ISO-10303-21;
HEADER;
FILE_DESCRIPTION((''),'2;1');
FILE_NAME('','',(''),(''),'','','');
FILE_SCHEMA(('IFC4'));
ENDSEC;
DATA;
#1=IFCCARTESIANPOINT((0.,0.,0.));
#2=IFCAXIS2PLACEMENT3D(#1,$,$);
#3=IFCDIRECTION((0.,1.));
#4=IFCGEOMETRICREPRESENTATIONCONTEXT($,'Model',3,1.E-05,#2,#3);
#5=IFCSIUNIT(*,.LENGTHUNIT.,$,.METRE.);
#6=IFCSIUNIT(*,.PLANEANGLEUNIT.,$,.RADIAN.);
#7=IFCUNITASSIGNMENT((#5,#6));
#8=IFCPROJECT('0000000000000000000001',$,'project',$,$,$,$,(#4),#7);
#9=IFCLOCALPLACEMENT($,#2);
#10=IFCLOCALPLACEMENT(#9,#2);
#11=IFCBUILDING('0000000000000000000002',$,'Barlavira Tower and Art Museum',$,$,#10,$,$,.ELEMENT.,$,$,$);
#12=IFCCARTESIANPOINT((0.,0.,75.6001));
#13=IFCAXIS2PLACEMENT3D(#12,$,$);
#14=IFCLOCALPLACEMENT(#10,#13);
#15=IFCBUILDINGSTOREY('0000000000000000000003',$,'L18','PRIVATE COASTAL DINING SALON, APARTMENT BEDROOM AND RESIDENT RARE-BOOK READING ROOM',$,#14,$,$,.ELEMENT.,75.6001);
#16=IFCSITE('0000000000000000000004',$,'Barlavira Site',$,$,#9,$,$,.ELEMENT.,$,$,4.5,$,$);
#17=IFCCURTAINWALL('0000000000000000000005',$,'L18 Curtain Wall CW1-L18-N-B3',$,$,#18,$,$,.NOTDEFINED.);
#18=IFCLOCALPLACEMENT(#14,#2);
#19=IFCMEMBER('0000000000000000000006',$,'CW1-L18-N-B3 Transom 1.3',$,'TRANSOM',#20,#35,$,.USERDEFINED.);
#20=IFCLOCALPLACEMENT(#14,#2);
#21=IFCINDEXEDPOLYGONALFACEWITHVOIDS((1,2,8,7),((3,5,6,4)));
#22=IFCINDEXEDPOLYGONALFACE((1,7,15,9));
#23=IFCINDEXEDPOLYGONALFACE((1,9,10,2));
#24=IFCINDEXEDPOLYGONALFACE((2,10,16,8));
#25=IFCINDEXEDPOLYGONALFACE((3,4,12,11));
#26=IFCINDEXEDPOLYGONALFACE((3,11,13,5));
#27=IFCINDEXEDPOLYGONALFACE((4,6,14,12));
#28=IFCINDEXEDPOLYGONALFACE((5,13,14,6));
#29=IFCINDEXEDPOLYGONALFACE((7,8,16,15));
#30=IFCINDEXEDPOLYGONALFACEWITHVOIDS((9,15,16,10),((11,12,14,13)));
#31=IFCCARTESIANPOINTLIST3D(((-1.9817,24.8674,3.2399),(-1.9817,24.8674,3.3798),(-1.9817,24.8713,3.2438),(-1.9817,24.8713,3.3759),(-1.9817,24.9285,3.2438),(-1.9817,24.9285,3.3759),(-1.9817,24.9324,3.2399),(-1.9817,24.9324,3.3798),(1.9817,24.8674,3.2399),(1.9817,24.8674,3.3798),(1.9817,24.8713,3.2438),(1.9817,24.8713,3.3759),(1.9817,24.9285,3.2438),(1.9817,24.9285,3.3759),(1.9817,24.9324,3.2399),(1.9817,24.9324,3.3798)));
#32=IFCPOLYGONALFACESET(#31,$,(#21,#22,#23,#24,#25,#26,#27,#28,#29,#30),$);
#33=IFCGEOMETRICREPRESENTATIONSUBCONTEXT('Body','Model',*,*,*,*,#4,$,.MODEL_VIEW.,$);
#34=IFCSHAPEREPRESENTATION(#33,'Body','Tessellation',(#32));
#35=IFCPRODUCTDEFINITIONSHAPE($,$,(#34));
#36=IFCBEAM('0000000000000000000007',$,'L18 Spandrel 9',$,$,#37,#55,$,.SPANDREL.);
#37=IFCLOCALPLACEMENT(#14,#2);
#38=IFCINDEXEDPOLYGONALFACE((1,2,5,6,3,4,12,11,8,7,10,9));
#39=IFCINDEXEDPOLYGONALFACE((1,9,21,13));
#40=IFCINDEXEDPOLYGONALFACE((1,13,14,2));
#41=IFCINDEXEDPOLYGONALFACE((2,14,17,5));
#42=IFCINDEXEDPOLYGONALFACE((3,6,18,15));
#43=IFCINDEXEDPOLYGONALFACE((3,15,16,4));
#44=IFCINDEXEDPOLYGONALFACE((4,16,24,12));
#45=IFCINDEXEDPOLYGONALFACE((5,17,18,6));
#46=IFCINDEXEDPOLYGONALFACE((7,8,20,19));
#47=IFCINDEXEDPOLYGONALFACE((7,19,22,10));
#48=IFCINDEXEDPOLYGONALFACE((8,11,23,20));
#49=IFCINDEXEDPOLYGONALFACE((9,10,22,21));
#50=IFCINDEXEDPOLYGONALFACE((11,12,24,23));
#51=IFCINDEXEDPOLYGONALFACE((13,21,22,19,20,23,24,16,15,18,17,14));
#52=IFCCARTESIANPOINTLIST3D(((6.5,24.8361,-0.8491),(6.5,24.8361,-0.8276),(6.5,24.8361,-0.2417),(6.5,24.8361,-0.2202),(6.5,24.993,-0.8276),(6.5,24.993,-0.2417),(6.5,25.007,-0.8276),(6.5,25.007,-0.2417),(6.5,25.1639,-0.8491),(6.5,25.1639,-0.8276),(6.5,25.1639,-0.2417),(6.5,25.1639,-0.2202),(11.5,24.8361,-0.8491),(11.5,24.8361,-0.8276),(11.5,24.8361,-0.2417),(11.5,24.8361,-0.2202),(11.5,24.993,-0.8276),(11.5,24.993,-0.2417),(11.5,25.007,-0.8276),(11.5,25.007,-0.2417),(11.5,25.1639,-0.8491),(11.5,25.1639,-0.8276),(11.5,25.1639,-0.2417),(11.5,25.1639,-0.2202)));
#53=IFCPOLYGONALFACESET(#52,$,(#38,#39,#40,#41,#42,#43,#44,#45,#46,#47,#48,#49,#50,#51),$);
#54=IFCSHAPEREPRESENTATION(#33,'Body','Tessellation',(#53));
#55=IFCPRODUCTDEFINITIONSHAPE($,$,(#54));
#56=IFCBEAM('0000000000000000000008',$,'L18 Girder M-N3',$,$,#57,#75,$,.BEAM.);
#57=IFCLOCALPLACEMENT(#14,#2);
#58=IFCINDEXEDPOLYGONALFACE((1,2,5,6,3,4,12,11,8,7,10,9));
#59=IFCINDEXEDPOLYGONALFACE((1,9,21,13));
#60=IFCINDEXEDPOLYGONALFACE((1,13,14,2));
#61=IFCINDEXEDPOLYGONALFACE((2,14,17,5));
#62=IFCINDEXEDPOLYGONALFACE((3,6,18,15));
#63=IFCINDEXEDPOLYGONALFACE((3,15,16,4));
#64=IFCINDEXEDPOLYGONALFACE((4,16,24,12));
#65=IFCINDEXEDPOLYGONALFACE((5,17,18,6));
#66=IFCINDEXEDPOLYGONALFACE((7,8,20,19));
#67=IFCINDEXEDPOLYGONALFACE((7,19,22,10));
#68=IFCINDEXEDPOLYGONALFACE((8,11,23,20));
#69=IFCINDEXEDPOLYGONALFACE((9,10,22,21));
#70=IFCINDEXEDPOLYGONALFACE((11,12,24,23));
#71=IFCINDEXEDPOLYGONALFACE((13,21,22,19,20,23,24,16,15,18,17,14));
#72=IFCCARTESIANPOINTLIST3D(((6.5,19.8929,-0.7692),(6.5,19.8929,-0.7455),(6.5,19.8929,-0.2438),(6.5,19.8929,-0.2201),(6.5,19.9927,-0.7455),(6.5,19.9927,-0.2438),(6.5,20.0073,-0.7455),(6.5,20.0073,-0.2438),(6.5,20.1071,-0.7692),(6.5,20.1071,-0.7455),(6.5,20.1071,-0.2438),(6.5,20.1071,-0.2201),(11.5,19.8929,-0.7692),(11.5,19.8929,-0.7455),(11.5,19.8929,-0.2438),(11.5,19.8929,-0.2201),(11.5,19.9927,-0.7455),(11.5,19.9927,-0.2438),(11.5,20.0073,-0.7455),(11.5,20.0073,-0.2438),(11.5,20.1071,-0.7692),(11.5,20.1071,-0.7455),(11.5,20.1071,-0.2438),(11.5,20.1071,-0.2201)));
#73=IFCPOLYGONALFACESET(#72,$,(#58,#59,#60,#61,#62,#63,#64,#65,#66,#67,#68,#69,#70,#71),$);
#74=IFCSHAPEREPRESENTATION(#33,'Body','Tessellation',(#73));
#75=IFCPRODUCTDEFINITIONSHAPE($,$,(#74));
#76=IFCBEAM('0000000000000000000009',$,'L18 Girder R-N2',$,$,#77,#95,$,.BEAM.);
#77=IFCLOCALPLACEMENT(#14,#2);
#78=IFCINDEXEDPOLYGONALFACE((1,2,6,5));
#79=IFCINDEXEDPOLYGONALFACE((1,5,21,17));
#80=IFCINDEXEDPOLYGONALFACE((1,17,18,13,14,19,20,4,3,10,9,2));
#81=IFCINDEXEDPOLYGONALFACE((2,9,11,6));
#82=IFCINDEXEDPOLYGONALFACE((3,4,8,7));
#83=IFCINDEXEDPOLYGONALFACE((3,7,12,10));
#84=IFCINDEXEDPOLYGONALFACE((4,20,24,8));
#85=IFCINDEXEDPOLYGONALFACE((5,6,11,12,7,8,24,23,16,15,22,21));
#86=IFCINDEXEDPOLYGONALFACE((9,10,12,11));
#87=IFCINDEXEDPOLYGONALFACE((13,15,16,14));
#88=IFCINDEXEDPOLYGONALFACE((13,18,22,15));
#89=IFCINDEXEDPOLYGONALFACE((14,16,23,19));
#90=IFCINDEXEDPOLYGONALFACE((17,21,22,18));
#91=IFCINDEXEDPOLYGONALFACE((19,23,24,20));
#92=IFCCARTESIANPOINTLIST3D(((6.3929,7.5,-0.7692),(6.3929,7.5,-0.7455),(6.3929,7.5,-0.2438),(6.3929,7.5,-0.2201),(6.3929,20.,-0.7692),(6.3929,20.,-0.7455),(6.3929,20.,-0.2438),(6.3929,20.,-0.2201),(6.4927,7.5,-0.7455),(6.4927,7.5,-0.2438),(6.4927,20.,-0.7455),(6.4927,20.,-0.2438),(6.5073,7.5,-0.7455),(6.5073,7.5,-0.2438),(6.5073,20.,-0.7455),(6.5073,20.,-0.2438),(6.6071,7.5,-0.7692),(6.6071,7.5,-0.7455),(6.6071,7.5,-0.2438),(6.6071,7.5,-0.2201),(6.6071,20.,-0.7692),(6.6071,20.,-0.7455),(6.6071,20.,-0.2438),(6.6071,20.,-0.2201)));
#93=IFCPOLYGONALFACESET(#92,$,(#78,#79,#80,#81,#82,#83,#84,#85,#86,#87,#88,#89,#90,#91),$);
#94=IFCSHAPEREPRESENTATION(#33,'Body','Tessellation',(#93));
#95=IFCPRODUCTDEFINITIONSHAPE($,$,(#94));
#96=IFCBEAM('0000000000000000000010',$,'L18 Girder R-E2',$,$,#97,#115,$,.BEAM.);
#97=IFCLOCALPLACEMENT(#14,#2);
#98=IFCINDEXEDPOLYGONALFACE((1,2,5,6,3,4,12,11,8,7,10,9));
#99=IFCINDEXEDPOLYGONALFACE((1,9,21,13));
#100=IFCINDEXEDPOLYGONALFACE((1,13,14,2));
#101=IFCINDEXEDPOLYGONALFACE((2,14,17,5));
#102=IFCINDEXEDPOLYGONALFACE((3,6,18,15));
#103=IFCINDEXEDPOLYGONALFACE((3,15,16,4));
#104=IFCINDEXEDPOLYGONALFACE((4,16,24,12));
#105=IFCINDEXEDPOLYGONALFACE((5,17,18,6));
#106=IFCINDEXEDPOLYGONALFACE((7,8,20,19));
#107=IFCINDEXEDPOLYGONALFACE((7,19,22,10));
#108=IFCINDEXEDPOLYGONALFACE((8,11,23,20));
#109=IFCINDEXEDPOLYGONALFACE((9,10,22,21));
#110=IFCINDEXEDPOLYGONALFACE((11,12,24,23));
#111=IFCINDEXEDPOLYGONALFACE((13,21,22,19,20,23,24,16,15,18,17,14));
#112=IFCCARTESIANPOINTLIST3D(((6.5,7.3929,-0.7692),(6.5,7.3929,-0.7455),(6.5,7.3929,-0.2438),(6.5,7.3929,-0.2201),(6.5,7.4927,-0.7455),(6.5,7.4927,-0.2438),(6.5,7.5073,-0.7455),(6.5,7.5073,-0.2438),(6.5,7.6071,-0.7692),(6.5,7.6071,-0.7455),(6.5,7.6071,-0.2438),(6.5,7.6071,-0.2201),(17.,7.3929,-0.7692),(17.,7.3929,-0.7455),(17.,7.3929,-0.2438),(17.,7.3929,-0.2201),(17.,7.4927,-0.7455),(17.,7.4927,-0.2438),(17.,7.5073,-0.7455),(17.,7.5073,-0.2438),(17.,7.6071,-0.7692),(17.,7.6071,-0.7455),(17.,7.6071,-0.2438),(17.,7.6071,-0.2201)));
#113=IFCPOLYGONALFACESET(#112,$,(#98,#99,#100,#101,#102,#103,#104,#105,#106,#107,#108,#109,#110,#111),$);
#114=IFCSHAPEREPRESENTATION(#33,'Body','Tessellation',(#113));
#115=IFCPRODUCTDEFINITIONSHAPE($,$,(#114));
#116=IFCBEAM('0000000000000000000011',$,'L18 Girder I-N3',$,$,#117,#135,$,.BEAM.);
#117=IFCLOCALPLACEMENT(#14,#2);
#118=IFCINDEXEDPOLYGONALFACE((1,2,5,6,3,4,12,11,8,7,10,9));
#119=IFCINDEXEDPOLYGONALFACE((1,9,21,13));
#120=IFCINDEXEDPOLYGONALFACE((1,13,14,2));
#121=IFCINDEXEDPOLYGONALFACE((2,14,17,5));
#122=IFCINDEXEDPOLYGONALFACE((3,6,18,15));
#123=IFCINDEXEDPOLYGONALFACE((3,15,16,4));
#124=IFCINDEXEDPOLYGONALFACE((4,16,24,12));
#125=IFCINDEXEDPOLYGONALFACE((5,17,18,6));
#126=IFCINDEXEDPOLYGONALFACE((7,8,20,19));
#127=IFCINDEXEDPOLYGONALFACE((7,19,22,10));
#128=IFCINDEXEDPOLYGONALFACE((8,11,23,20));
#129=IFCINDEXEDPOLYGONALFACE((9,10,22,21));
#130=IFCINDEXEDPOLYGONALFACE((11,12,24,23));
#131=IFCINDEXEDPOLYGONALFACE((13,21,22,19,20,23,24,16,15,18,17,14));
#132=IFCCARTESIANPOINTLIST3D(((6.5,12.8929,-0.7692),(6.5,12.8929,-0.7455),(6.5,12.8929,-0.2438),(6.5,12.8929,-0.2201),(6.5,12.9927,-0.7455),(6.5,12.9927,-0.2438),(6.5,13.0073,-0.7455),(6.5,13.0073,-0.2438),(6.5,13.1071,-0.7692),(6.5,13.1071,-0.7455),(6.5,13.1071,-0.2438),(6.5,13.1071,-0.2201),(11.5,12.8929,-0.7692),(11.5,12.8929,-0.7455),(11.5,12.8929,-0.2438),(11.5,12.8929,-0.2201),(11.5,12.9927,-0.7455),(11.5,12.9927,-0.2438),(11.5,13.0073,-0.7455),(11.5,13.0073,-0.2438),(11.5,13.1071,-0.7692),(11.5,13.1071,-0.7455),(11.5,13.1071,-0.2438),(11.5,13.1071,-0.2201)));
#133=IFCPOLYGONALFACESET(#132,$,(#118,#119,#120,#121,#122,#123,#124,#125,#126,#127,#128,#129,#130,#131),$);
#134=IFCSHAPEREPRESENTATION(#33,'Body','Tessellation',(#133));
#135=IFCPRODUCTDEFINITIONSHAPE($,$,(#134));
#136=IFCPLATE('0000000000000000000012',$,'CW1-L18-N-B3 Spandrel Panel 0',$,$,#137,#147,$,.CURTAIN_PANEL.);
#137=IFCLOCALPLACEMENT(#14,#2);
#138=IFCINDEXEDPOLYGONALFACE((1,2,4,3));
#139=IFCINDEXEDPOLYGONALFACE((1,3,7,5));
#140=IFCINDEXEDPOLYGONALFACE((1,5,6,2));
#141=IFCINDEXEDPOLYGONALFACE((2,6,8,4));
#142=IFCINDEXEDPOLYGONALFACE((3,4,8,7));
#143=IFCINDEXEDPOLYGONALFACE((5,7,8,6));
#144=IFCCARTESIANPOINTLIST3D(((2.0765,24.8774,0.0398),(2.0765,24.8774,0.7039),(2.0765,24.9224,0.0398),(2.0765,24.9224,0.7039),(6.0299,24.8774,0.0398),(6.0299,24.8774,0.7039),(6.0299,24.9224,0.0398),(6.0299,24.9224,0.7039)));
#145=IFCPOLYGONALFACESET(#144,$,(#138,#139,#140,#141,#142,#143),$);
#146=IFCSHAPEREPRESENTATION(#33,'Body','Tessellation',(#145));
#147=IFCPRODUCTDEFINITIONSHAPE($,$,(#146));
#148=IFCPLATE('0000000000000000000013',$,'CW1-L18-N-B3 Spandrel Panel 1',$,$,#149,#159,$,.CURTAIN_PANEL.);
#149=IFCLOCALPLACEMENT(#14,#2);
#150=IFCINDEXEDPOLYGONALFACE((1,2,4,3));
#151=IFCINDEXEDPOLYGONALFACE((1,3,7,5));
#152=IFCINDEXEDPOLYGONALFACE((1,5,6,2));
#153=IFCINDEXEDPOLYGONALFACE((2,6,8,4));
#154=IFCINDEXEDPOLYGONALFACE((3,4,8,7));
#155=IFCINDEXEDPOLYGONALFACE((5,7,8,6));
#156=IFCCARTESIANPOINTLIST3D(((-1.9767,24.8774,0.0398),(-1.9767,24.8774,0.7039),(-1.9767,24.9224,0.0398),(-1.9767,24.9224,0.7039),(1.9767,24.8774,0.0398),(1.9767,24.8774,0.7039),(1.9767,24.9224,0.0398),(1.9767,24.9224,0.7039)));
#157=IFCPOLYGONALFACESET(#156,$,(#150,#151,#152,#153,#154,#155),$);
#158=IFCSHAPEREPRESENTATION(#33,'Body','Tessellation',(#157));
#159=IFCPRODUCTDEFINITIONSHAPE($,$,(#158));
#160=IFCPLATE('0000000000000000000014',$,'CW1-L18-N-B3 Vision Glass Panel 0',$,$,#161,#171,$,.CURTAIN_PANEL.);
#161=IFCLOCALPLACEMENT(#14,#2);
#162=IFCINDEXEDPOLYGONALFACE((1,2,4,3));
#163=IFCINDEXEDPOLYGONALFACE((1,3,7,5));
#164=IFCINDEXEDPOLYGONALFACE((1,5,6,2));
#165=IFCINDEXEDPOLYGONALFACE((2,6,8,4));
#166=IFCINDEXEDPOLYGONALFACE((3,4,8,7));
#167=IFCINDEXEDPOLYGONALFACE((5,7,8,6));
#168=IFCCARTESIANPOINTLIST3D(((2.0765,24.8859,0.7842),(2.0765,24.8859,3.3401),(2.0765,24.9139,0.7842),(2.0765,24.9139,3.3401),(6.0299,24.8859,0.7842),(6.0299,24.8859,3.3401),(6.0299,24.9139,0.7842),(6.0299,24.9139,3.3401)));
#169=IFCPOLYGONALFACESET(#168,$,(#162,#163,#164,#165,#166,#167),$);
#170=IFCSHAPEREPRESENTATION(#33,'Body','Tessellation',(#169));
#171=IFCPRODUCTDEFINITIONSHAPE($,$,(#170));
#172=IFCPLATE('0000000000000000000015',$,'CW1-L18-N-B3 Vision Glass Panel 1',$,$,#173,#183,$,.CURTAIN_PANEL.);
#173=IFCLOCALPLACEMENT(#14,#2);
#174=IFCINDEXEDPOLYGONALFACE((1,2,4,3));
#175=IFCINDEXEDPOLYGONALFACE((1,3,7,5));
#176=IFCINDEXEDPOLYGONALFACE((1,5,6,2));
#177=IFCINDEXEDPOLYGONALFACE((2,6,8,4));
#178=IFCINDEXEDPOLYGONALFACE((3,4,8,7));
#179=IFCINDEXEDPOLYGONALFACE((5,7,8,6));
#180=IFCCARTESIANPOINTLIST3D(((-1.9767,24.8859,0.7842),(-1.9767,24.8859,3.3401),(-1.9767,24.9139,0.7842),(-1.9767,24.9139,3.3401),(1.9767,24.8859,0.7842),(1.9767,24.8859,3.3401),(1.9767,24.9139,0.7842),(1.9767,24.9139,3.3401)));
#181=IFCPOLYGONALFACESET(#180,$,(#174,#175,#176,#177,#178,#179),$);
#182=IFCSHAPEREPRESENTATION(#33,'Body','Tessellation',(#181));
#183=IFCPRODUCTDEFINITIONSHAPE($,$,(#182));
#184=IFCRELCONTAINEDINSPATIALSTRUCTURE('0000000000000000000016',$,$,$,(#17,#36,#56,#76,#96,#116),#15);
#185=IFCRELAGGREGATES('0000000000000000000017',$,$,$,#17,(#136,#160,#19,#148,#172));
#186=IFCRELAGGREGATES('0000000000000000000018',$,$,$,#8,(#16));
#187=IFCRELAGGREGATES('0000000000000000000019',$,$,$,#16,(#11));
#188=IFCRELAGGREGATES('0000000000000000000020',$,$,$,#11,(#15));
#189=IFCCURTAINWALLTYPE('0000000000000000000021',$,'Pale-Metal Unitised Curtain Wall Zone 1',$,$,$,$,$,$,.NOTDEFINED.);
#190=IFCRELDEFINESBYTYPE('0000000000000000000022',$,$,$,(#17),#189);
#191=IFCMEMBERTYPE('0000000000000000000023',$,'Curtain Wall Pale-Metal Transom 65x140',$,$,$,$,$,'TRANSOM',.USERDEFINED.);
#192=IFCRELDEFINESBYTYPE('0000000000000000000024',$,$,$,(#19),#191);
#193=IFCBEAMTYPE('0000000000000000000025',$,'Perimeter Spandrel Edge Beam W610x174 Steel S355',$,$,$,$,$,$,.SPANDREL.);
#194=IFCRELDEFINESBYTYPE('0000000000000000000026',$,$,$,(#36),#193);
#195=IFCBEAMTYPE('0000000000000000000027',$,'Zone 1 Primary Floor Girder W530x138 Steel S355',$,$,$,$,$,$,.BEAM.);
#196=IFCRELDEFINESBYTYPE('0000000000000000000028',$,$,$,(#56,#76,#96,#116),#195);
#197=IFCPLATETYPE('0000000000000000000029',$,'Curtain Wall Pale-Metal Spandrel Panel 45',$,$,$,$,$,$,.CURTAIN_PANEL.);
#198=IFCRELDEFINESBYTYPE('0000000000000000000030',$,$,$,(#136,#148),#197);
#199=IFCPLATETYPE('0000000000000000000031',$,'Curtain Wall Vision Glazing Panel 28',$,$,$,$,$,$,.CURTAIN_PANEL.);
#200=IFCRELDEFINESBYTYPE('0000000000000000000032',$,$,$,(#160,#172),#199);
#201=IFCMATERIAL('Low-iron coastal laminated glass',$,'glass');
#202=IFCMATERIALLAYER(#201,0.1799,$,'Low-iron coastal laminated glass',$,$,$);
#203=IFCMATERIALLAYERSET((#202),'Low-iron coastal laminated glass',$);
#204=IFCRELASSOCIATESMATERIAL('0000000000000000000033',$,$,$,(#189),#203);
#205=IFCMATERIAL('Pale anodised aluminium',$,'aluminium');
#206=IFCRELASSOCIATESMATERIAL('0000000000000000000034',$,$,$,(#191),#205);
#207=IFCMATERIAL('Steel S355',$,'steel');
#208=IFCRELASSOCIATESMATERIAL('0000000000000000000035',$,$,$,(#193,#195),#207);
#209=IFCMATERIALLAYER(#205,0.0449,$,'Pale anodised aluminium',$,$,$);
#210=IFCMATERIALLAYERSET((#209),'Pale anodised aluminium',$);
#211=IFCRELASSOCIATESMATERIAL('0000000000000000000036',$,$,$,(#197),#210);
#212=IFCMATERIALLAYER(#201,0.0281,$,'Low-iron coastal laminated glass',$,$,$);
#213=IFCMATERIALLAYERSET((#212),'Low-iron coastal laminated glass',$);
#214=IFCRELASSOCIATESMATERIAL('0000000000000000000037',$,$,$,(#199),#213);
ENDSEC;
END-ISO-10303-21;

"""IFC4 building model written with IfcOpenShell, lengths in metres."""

from ifc_helpers import new_model, si_unit, direction, frame, origin, origin_2d, place, context, subcontext, project, spatial, rectangle, hollow_rectangle, i_section, extrude, material, layer, layer_set, material_profile, profile_set, type_object, element, aggregate, save


model = new_model("IFC4")

# Units and contexts
model_context = context("Model", 3, precision=1e-05, world=origin(), true_north=direction((0.0, 1.0)))
body_context = subcontext(model_context, "Body", "Model", "MODEL_VIEW")
ifc_project = project(units=[si_unit("LENGTHUNIT", "METRE"), si_unit("PLANEANGLEUNIT", "RADIAN")], contexts=[model_context])

# Site, building, storey
site_placement = place(None, origin())
site = spatial("IfcSite", under=ifc_project, at=site_placement, Name="Barlavira Site", CompositionType="ELEMENT", RefElevation=4.5)
building_placement = place(site_placement, origin())
building = spatial("IfcBuilding", under=site, at=building_placement, Name="Barlavira Tower and Art Museum", CompositionType="ELEMENT")
storey_placement = place(building_placement, frame((0.0, 0.0, 75.6001)))
storey = spatial("IfcBuildingStorey", under=building, at=storey_placement, Name="L18", Description="PRIVATE COASTAL DINING SALON, APARTMENT BEDROOM AND RESIDENT RARE-BOOK READING ROOM", CompositionType="ELEMENT", Elevation=75.6001)

# Shared definitions
ifc_material_1 = material(Name="Steel S355", Category="steel")

# Curtain wall, member
ifc_material_2 = material(Name="Low-iron coastal laminated glass", Category="glass")
ifc_layer_1 = layer(ifc_material_2, 0.1799, Name="Low-iron coastal laminated glass")
ifc_layer_set_1 = layer_set([ifc_layer_1], Name="Low-iron coastal laminated glass")
curtain_wall_type = type_object("IfcCurtainWallType", Name="Pale-Metal Unitised Curtain Wall Zone 1", PredefinedType="NOTDEFINED", material=ifc_layer_set_1)
curtain_wall_placement = place(storey_placement, origin())
curtain_wall = element("IfcCurtainWall", 1, at=curtain_wall_placement, inside=storey, type_object=curtain_wall_type, Name="L18 Curtain Wall CW1-L18-N-B3", PredefinedType="NOTDEFINED")
ifc_material_3 = material(Name="Pale anodised aluminium", Category="aluminium")
ifc_material_profile_1 = material_profile(ifc_material_3, hollow_rectangle(XDim=0.0649, YDim=0.1399, WallThickness=0.0039, at=origin_2d()), Name="ALU-TRAN 65x140x4")
ifc_profile_set_1 = profile_set([ifc_material_profile_1], Name="Pale anodised aluminium")
member_type_1 = type_object("IfcMemberType", Name="Curtain Wall Pale-Metal Transom 65x140", ElementType="TRANSOM", PredefinedType="USERDEFINED", material=ifc_profile_set_1)
member_1_placement = place(storey_placement, frame((1.9817, 24.8999, 3.3098), z_axis=(-1.0, 0.0, 0.0), x_axis=(0.0, -1.0, 0.0)))
member_1 = element("IfcMember", 2, at=member_1_placement, type_object=member_type_1, Name="CW1-L18-N-B3 Transom 1.3", ObjectType="TRANSOM", PredefinedType="USERDEFINED", context=body_context, shape_type="SweptSolid", body=[
    extrude(hollow_rectangle(XDim=0.0649, YDim=0.1399, WallThickness=0.0039, at=origin_2d()), origin(), (0.0, 0.0, 1.0), 3.9634),
])

# Beams
ifc_material_profile_2 = material_profile(ifc_material_1, i_section(OverallWidth=0.3279, OverallDepth=0.6289, WebThickness=0.0139, FlangeThickness=0.0215, at=origin_2d()), Name="W610x174.0")
ifc_profile_set_2 = profile_set([ifc_material_profile_2], Name="Steel S355")
beam_type_1 = type_object("IfcBeamType", Name="Perimeter Spandrel Edge Beam W610x174 Steel S355", PredefinedType="SPANDREL", material=ifc_profile_set_2)
beam_1_placement = place(storey_placement, frame((6.5, 25.0, -0.5347), z_axis=(1.0, 0.0, 0.0), x_axis=(0.0, 1.0, 0.0)))
element("IfcBeam", 3, at=beam_1_placement, inside=storey, type_object=beam_type_1, Name="L18 Spandrel 9", PredefinedType="SPANDREL", context=body_context, shape_type="SweptSolid", body=[
    extrude(i_section(OverallWidth=0.3279, OverallDepth=0.6289, WebThickness=0.0139, FlangeThickness=0.0215, at=origin_2d()), origin(), (0.0, 0.0, 1.0), 5.0),
])
ifc_material_profile_3 = material_profile(ifc_material_1, i_section(OverallWidth=0.2141, OverallDepth=0.5491, WebThickness=0.0146, FlangeThickness=0.0237, at=origin_2d()), Name="W530x138.0")
ifc_profile_set_3 = profile_set([ifc_material_profile_3], Name="Steel S355")
beam_type_2 = type_object("IfcBeamType", Name="Zone 1 Primary Floor Girder W530x138 Steel S355", PredefinedType="BEAM", material=ifc_profile_set_3)
beam_2_placement = place(storey_placement, frame((6.5, 20.0, -0.4946), z_axis=(1.0, 0.0, 0.0), x_axis=(0.0, 1.0, 0.0)))
element("IfcBeam", 4, at=beam_2_placement, inside=storey, type_object=beam_type_2, Name="L18 Girder M-N3", PredefinedType="BEAM", context=body_context, shape_type="SweptSolid", body=[
    extrude(i_section(OverallWidth=0.2141, OverallDepth=0.5491, WebThickness=0.0146, FlangeThickness=0.0237, at=origin_2d()), origin(), (0.0, 0.0, 1.0), 5.0),
])
beam_3_placement = place(storey_placement, frame((6.5, 7.5, -0.4946), z_axis=(0.0, 1.0, 0.0), x_axis=(-1.0, 0.0, 0.0)))
element("IfcBeam", 5, at=beam_3_placement, inside=storey, type_object=beam_type_2, Name="L18 Girder R-N2", PredefinedType="BEAM", context=body_context, shape_type="SweptSolid", body=[
    extrude(i_section(OverallWidth=0.2141, OverallDepth=0.5491, WebThickness=0.0146, FlangeThickness=0.0237, at=origin_2d()), origin(), (0.0, 0.0, 1.0), 12.5),
])
beam_4_placement = place(storey_placement, frame((6.5, 7.5, -0.4946), z_axis=(1.0, 0.0, 0.0), x_axis=(0.0, 1.0, 0.0)))
element("IfcBeam", 6, at=beam_4_placement, inside=storey, type_object=beam_type_2, Name="L18 Girder R-E2", PredefinedType="BEAM", context=body_context, shape_type="SweptSolid", body=[
    extrude(i_section(OverallWidth=0.2141, OverallDepth=0.5491, WebThickness=0.0146, FlangeThickness=0.0237, at=origin_2d()), origin(), (0.0, 0.0, 1.0), 10.5),
])
beam_5_placement = place(storey_placement, frame((6.5, 13.0, -0.4946), z_axis=(1.0, 0.0, 0.0), x_axis=(0.0, 1.0, 0.0)))
element("IfcBeam", 7, at=beam_5_placement, inside=storey, type_object=beam_type_2, Name="L18 Girder I-N3", PredefinedType="BEAM", context=body_context, shape_type="SweptSolid", body=[
    extrude(i_section(OverallWidth=0.2141, OverallDepth=0.5491, WebThickness=0.0146, FlangeThickness=0.0237, at=origin_2d()), origin(), (0.0, 0.0, 1.0), 5.0),
])

# Plates
ifc_layer_2 = layer(ifc_material_3, 0.0449, Name="Pale anodised aluminium")
ifc_layer_set_2 = layer_set([ifc_layer_2], Name="Pale anodised aluminium")
plate_type_1 = type_object("IfcPlateType", Name="Curtain Wall Pale-Metal Spandrel Panel 45", PredefinedType="CURTAIN_PANEL", material=ifc_layer_set_2)
plate_1_placement = place(storey_placement, frame((4.0532, 24.8999, 0.0398), z_axis=(0.0, 0.0, 1.0), x_axis=(-1.0, 0.0, 0.0)))
plate_1 = element("IfcPlate", 8, at=plate_1_placement, type_object=plate_type_1, Name="CW1-L18-N-B3 Spandrel Panel 0", PredefinedType="CURTAIN_PANEL", context=body_context, shape_type="SweptSolid", body=[
    extrude(rectangle(XDim=3.9534, YDim=0.0449, at=origin_2d()), origin(), (0.0, 0.0, 1.0), 0.6641),
])
plate_2_placement = place(storey_placement, frame((0.0, 24.8999, 0.0398), z_axis=(0.0, 0.0, 1.0), x_axis=(-1.0, 0.0, 0.0)))
plate_2 = element("IfcPlate", 9, at=plate_2_placement, type_object=plate_type_1, Name="CW1-L18-N-B3 Spandrel Panel 1", PredefinedType="CURTAIN_PANEL", context=body_context, shape_type="SweptSolid", body=[
    extrude(rectangle(XDim=3.9534, YDim=0.0449, at=origin_2d()), origin(), (0.0, 0.0, 1.0), 0.6641),
])
ifc_layer_3 = layer(ifc_material_2, 0.0281, Name="Low-iron coastal laminated glass")
ifc_layer_set_3 = layer_set([ifc_layer_3], Name="Low-iron coastal laminated glass")
plate_type_2 = type_object("IfcPlateType", Name="Curtain Wall Vision Glazing Panel 28", PredefinedType="CURTAIN_PANEL", material=ifc_layer_set_3)
plate_3_placement = place(storey_placement, frame((4.0532, 24.8999, 0.7842), z_axis=(0.0, 0.0, 1.0), x_axis=(-1.0, 0.0, 0.0)))
plate_3 = element("IfcPlate", 10, at=plate_3_placement, type_object=plate_type_2, Name="CW1-L18-N-B3 Vision Glass Panel 0", PredefinedType="CURTAIN_PANEL", context=body_context, shape_type="SweptSolid", body=[
    extrude(rectangle(XDim=3.9534, YDim=0.0281, at=origin_2d()), origin(), (0.0, 0.0, 1.0), 2.5559),
])
plate_4_placement = place(storey_placement, frame((0.0, 24.8999, 0.7842), z_axis=(0.0, 0.0, 1.0), x_axis=(-1.0, 0.0, 0.0)))
plate_4 = element("IfcPlate", 11, at=plate_4_placement, type_object=plate_type_2, Name="CW1-L18-N-B3 Vision Glass Panel 1", PredefinedType="CURTAIN_PANEL", context=body_context, shape_type="SweptSolid", body=[
    extrude(rectangle(XDim=3.9534, YDim=0.0281, at=origin_2d()), origin(), (0.0, 0.0, 1.0), 2.5559),
])
aggregate(curtain_wall, [plate_1, plate_3, member_1, plate_2, plate_4])

save(model, "model.ifc")
